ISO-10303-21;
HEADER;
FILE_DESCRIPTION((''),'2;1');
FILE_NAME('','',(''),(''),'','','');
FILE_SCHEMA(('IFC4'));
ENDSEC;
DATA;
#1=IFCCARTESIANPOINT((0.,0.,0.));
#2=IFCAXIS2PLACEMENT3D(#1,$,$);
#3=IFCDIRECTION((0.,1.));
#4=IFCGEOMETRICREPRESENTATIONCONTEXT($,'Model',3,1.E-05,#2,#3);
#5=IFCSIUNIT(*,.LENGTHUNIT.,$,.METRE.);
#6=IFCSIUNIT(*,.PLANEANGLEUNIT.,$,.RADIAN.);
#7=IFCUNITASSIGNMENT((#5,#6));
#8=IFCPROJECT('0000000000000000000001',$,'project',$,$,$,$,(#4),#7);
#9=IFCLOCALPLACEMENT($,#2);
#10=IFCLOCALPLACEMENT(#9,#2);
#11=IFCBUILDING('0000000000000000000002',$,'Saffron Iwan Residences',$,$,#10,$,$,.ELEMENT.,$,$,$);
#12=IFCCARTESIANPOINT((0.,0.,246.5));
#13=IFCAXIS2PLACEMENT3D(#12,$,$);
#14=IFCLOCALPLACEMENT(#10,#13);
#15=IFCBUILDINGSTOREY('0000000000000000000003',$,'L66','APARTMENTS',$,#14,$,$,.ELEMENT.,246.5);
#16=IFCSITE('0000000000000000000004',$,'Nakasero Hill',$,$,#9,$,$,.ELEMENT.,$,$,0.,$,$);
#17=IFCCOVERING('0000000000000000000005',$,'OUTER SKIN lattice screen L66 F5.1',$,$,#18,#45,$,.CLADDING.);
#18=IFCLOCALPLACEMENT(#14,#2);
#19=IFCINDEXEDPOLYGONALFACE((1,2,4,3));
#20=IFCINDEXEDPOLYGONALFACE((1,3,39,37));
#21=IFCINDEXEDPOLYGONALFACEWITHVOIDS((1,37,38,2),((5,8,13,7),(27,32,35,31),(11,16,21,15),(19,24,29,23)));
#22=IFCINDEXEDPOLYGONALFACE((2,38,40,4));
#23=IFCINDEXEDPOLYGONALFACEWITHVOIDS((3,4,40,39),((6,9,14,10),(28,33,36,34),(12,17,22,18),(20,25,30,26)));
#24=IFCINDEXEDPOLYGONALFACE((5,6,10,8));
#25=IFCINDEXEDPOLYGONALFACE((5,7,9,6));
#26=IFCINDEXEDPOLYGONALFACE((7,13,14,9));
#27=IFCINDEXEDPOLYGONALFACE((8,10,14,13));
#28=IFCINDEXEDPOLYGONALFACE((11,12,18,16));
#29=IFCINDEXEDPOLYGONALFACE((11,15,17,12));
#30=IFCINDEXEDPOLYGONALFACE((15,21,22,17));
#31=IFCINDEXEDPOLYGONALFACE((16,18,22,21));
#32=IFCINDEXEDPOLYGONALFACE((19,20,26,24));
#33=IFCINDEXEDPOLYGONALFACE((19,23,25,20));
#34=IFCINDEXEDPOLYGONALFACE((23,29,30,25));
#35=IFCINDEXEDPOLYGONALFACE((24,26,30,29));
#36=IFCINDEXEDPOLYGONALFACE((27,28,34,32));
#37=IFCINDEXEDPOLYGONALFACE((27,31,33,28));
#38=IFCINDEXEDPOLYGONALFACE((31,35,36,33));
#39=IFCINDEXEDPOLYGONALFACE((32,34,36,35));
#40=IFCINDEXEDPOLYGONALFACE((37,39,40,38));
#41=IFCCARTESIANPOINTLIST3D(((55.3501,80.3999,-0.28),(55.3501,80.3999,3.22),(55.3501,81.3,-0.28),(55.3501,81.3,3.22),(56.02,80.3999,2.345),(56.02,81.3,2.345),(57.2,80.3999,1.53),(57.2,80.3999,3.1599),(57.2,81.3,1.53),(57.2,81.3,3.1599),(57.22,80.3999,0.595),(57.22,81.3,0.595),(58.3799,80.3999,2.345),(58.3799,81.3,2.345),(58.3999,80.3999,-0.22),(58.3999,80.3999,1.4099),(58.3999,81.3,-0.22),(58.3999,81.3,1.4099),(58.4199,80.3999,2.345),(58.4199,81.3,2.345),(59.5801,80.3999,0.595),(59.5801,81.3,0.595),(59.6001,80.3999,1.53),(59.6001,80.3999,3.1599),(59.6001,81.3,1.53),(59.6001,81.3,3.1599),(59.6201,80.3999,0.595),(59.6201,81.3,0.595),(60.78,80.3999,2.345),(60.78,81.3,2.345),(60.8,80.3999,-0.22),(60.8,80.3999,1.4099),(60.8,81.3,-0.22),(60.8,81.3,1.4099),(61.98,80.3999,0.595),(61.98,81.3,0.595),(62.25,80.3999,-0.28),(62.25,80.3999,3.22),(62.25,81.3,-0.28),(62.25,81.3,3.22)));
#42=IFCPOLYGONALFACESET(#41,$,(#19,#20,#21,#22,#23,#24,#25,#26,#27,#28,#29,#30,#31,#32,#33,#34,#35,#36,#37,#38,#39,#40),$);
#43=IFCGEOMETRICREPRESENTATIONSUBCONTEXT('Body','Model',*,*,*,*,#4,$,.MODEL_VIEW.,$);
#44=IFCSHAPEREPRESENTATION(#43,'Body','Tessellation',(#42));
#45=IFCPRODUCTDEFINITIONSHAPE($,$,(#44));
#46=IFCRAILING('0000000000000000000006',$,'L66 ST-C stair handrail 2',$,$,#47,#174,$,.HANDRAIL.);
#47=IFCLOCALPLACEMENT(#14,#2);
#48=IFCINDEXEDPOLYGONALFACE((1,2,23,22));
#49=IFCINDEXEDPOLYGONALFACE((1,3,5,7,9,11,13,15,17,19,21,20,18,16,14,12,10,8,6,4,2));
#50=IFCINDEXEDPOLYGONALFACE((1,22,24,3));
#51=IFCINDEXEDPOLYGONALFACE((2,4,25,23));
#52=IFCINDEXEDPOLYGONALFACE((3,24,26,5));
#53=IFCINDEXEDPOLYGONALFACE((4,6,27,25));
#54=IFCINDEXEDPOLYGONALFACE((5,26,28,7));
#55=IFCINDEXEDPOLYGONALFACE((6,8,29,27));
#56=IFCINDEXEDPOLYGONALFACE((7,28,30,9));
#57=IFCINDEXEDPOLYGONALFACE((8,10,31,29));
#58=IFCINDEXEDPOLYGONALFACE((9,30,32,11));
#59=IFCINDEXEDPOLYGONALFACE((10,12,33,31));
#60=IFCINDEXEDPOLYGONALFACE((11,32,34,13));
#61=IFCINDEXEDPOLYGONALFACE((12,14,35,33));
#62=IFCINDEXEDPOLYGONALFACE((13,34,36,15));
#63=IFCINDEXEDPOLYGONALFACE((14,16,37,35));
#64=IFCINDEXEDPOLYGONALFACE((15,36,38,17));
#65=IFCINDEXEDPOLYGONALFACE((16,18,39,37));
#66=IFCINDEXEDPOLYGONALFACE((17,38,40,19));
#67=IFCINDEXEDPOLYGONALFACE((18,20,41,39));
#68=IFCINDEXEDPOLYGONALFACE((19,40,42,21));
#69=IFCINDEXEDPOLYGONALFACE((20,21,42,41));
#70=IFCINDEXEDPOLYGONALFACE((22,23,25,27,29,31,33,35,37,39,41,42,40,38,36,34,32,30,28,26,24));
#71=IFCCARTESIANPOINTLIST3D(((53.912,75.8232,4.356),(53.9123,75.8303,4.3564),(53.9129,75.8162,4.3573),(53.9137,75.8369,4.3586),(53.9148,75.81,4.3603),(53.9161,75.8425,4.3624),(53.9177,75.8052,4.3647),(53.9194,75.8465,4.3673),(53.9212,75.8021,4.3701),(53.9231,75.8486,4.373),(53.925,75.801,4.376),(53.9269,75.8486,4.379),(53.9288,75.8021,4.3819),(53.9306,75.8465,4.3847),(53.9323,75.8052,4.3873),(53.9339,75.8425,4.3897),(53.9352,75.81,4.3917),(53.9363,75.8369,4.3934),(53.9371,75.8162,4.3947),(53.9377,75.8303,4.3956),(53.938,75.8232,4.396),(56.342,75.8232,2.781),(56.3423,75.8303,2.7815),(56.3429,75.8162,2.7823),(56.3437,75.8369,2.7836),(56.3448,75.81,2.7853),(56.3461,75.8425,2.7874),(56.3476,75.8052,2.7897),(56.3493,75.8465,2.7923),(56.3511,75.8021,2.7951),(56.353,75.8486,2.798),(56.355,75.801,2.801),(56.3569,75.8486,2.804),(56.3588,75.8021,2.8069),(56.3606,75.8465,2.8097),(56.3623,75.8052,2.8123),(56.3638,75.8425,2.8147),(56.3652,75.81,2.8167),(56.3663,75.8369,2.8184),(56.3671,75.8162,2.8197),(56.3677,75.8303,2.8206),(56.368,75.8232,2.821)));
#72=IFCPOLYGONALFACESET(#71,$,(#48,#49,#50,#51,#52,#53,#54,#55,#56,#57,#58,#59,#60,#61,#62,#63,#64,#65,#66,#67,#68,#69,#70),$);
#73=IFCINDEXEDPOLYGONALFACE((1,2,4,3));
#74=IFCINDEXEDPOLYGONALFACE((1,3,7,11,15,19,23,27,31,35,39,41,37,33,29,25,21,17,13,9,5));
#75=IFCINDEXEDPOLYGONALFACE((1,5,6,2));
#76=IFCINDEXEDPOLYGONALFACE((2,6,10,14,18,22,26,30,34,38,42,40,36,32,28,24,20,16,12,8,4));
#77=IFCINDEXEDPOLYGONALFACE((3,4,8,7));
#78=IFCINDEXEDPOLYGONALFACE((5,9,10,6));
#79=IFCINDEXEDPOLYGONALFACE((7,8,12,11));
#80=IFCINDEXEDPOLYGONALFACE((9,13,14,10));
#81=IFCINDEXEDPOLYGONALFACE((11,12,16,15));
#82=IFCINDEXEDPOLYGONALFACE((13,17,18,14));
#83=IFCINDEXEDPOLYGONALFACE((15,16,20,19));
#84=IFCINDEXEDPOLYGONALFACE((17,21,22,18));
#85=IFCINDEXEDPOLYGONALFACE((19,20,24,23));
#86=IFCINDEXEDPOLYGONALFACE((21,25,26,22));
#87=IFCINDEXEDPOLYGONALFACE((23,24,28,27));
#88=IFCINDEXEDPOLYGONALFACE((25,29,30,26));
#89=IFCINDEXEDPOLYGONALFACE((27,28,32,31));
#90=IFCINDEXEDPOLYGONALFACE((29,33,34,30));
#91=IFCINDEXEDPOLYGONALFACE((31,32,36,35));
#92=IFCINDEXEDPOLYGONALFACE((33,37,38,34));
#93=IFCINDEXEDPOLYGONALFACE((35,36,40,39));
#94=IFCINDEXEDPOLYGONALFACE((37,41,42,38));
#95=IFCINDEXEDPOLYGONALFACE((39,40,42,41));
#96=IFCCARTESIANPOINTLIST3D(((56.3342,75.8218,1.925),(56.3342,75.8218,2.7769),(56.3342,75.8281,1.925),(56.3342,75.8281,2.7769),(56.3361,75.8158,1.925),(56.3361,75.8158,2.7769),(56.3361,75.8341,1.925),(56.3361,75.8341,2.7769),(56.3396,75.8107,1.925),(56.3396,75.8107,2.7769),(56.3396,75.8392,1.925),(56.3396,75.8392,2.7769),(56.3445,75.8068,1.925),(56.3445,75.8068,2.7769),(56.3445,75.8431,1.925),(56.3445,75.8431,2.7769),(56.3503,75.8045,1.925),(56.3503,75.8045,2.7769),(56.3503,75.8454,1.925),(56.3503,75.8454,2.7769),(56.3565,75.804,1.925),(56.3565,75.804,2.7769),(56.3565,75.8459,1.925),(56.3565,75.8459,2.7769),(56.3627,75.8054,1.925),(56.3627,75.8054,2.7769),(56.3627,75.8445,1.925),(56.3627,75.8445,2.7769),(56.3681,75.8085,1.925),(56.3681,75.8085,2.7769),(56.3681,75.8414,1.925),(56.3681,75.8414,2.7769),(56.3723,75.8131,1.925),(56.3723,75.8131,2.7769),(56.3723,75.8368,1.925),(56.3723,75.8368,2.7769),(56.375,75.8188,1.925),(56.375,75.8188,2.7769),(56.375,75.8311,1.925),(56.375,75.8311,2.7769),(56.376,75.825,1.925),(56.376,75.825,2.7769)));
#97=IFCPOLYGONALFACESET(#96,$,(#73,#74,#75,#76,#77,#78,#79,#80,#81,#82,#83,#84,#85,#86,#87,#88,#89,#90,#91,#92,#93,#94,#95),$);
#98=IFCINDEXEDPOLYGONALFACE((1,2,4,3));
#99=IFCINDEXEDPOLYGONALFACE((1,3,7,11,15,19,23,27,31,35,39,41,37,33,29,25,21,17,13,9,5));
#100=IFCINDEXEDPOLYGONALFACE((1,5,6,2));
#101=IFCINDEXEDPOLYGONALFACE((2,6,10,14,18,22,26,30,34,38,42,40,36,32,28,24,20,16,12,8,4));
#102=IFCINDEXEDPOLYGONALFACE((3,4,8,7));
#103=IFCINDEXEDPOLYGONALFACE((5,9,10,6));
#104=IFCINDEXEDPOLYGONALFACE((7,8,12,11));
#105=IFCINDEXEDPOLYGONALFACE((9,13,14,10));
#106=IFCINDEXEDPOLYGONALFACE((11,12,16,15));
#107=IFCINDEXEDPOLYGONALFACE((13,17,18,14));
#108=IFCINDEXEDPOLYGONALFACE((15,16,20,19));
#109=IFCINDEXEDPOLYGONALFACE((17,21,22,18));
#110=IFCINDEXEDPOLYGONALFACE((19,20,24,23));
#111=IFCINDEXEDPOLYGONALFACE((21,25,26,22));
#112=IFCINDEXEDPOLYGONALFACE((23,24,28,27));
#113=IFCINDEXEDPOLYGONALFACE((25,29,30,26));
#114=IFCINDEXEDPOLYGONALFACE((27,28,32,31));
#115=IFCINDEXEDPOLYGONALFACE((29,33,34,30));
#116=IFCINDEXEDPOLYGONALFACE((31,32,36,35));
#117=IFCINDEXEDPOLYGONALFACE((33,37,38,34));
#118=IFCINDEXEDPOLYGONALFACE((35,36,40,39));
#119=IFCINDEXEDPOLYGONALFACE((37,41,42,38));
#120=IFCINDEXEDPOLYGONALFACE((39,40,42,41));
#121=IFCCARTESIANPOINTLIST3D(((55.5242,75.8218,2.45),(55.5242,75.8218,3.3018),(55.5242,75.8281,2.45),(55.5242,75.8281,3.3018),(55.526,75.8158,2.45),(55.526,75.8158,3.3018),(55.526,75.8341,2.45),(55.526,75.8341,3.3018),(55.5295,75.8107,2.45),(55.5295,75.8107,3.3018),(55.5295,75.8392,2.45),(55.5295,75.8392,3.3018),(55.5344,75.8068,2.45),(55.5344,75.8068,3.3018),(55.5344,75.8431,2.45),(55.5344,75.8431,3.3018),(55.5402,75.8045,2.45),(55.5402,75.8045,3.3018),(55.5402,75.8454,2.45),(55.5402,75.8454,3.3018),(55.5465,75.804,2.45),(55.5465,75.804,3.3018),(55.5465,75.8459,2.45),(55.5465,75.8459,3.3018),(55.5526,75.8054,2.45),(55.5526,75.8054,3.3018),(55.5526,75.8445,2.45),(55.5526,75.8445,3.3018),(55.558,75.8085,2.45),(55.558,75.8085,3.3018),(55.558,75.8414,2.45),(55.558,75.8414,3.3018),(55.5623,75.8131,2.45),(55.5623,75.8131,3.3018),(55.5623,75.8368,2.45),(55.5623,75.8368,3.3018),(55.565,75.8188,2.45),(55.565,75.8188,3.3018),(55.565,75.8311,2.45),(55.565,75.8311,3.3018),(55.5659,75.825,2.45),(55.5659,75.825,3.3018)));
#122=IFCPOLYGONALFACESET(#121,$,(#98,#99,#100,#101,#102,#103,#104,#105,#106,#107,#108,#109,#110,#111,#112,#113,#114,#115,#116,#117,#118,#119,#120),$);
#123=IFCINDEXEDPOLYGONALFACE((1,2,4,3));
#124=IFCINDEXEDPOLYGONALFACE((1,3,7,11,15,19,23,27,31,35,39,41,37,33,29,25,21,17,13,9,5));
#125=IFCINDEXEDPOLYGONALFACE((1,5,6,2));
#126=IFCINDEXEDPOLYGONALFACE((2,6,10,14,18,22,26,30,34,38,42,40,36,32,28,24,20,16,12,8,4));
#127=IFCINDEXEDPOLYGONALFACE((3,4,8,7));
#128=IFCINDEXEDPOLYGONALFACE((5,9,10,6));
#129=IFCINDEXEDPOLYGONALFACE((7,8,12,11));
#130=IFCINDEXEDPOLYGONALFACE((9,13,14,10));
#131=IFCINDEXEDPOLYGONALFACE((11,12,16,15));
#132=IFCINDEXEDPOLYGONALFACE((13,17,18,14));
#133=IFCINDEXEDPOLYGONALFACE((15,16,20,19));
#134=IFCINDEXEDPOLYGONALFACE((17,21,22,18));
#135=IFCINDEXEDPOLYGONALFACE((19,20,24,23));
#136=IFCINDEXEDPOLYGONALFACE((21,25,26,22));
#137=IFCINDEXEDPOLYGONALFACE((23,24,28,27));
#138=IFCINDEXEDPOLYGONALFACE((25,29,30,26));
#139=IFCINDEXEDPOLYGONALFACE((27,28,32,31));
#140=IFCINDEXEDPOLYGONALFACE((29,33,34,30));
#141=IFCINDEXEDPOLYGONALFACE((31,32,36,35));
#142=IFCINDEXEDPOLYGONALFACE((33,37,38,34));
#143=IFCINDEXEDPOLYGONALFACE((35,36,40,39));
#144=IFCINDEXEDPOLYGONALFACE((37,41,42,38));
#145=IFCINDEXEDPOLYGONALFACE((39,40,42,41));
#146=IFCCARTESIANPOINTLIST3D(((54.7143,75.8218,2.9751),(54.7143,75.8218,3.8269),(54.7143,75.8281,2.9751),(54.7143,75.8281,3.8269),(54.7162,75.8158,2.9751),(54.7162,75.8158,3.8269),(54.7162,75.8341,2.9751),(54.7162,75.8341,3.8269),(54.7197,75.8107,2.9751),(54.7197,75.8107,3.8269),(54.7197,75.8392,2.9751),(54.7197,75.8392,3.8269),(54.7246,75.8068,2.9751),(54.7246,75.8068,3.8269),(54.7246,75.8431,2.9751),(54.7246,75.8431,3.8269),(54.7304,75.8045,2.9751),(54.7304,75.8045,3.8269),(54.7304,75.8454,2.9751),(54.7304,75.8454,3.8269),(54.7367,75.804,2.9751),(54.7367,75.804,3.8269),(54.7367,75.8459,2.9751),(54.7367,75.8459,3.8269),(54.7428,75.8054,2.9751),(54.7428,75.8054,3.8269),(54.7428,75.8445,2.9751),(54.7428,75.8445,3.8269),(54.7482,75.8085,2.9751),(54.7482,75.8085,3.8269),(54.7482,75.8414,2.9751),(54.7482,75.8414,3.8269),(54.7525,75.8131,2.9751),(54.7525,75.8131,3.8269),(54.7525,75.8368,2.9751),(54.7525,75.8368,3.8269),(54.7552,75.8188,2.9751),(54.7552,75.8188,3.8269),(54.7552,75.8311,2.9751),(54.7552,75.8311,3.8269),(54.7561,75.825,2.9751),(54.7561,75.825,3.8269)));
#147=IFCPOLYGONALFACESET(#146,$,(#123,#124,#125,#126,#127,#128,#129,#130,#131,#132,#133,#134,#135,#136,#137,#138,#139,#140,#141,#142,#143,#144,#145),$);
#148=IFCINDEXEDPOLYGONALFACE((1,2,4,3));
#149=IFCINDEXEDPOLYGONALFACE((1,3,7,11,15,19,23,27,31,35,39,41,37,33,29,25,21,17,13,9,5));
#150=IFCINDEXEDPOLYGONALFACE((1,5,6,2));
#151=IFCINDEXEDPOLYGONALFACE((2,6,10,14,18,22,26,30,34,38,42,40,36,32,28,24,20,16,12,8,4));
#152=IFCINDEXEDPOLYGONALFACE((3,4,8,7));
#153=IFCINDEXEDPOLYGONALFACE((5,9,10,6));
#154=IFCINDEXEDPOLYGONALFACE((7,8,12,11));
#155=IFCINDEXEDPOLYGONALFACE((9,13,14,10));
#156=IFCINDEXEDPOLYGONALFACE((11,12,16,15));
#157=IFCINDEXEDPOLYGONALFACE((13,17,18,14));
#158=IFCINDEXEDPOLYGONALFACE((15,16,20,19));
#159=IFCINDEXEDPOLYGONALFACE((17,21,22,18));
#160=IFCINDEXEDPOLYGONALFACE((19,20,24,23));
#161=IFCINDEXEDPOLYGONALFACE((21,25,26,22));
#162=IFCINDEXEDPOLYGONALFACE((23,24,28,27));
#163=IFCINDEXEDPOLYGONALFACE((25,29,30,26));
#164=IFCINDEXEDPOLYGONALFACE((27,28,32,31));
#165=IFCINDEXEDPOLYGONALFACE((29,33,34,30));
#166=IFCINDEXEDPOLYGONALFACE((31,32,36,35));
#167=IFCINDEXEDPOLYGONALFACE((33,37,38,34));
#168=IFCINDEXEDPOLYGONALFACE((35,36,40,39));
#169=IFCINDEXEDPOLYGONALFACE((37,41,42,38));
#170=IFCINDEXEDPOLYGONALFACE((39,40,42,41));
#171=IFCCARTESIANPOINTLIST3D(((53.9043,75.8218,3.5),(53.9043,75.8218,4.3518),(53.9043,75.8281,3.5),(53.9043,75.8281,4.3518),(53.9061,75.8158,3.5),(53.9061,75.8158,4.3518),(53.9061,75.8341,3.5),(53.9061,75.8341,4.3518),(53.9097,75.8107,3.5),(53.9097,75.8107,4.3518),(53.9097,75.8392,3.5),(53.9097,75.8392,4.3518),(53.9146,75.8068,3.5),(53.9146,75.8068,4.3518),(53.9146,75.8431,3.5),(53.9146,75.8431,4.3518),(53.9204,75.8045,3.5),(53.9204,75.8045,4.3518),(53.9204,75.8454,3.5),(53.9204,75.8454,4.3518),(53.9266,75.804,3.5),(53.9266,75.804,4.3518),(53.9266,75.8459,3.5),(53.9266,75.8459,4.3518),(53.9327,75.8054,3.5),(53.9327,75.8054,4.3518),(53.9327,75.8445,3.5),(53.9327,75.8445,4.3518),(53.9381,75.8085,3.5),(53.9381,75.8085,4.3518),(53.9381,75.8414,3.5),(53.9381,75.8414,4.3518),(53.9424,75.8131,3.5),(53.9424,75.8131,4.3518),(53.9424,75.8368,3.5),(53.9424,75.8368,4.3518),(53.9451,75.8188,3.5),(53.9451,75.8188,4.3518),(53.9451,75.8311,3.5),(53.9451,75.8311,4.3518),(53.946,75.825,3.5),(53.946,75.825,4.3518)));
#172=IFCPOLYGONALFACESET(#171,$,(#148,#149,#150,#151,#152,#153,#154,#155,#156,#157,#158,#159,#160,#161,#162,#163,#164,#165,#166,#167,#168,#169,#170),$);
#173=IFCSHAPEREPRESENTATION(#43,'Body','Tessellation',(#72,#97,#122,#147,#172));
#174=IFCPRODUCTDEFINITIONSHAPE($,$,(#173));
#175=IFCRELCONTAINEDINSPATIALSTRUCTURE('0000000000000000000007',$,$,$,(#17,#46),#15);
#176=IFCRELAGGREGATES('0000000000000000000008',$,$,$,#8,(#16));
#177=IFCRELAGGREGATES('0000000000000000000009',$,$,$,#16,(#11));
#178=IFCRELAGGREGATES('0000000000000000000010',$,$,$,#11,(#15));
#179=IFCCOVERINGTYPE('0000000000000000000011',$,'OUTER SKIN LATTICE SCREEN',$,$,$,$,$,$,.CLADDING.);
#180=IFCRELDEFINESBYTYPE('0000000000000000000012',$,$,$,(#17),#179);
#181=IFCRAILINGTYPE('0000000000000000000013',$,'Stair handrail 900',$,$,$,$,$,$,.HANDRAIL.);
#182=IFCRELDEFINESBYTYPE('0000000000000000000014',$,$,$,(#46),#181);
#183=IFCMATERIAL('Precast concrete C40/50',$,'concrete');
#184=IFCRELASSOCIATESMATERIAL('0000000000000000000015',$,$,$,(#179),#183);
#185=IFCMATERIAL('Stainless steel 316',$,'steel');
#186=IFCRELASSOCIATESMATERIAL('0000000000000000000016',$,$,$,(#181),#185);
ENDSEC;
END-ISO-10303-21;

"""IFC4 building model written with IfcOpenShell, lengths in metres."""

from ifc_helpers import new_model, si_unit, direction, frame, origin, origin_2d, place, context, subcontext, project, spatial, polyline, circle, outline, extrude, material, type_object, element, save


model = new_model("IFC4")

# Units and contexts
model_context = context("Model", 3, precision=1e-05, world=origin(), true_north=direction((0.0, 1.0)))
body_context = subcontext(model_context, "Body", "Model", "MODEL_VIEW")
ifc_project = project(units=[si_unit("LENGTHUNIT", "METRE"), si_unit("PLANEANGLEUNIT", "RADIAN")], contexts=[model_context])

# Site, building, storey
site_placement = place(None, origin())
site = spatial("IfcSite", under=ifc_project, at=site_placement, Name="Nakasero Hill", CompositionType="ELEMENT", RefElevation=0.0)
building_placement = place(site_placement, origin())
building = spatial("IfcBuilding", under=site, at=building_placement, Name="Saffron Iwan Residences", CompositionType="ELEMENT")
storey_placement = place(building_placement, frame((0.0, 0.0, 246.5)))
storey = spatial("IfcBuildingStorey", under=building, at=storey_placement, Name="L66", Description="APARTMENTS", CompositionType="ELEMENT", Elevation=246.5)

# Covering
ifc_material_1 = material(Name="Precast concrete C40/50", Category="concrete")
covering_type_1 = type_object("IfcCoveringType", Name="OUTER SKIN LATTICE SCREEN", PredefinedType="CLADDING", material=ifc_material_1)
covering_placement = place(storey_placement, frame((62.25, 80.3999, -0.28), z_axis=(0.0, 1.0, 0.0), x_axis=(-1.0, 0.0, 0.0)))
element("IfcCovering", 1, at=covering_placement, inside=storey, type_object=covering_type_1, Name="OUTER SKIN lattice screen L66 F5.1", PredefinedType="CLADDING", context=body_context, shape_type="SweptSolid", body=[
    extrude(outline(polyline([(0.0, 0.0), (6.8999, 0.0), (6.8999, 3.5), (0.0, 3.5), (0.0, 0.0)]), holes=[polyline([(0.27, 0.875), (1.45, 0.0601), (2.6299, 0.875), (1.45, 1.6899), (0.27, 0.875)]), polyline([(2.6699, 0.875), (3.8501, 0.0601), (5.03, 0.875), (3.8501, 1.6899), (2.6699, 0.875)]), polyline([(1.47, 2.625), (2.6499, 1.8101), (3.8301, 2.625), (2.6499, 3.4399), (1.47, 2.625)]), polyline([(3.8701, 2.625), (5.05, 1.8101), (6.23, 2.625), (5.05, 3.4399), (3.8701, 2.625)])]), origin(), (0.0, 0.0, 1.0), 0.9001),
])

# Railing
ifc_material_2 = material(Name="Stainless steel 316", Category="steel")
railing_type = type_object("IfcRailingType", Name="Stair handrail 900", PredefinedType="HANDRAIL", material=ifc_material_2)
railing_1_placement = place(storey_placement, frame((56.355, 75.825, 1.925)))
element("IfcRailing", 2, at=railing_1_placement, inside=storey, type_object=railing_type, Name="L66 ST-C stair handrail 2", PredefinedType="HANDRAIL", context=body_context, shape_type="SweptSolid", body=[
    extrude(circle(Radius=0.0239, at=origin_2d()), frame((0.0, 0.0, 0.876), z_axis=(-0.839154, 0.0, 0.543894), x_axis=(0.0, -1.0, 0.0)), (0.0, 0.0, 1.0), 2.8958),
    extrude(circle(Radius=0.021, at=origin_2d()), origin(), (0.0, 0.0, 1.0), 0.8518),
    extrude(circle(Radius=0.021, at=origin_2d()), frame((-0.8101, 0.0, 0.5249)), (0.0, 0.0, 1.0), 0.8518),
    extrude(circle(Radius=0.021, at=origin_2d()), frame((-1.6199, 0.0, 1.05)), (0.0, 0.0, 1.0), 0.8518),
    extrude(circle(Radius=0.021, at=origin_2d()), frame((-2.4299, 0.0, 1.575)), (0.0, 0.0, 1.0), 0.8518),
])

save(model, "model.ifc")
